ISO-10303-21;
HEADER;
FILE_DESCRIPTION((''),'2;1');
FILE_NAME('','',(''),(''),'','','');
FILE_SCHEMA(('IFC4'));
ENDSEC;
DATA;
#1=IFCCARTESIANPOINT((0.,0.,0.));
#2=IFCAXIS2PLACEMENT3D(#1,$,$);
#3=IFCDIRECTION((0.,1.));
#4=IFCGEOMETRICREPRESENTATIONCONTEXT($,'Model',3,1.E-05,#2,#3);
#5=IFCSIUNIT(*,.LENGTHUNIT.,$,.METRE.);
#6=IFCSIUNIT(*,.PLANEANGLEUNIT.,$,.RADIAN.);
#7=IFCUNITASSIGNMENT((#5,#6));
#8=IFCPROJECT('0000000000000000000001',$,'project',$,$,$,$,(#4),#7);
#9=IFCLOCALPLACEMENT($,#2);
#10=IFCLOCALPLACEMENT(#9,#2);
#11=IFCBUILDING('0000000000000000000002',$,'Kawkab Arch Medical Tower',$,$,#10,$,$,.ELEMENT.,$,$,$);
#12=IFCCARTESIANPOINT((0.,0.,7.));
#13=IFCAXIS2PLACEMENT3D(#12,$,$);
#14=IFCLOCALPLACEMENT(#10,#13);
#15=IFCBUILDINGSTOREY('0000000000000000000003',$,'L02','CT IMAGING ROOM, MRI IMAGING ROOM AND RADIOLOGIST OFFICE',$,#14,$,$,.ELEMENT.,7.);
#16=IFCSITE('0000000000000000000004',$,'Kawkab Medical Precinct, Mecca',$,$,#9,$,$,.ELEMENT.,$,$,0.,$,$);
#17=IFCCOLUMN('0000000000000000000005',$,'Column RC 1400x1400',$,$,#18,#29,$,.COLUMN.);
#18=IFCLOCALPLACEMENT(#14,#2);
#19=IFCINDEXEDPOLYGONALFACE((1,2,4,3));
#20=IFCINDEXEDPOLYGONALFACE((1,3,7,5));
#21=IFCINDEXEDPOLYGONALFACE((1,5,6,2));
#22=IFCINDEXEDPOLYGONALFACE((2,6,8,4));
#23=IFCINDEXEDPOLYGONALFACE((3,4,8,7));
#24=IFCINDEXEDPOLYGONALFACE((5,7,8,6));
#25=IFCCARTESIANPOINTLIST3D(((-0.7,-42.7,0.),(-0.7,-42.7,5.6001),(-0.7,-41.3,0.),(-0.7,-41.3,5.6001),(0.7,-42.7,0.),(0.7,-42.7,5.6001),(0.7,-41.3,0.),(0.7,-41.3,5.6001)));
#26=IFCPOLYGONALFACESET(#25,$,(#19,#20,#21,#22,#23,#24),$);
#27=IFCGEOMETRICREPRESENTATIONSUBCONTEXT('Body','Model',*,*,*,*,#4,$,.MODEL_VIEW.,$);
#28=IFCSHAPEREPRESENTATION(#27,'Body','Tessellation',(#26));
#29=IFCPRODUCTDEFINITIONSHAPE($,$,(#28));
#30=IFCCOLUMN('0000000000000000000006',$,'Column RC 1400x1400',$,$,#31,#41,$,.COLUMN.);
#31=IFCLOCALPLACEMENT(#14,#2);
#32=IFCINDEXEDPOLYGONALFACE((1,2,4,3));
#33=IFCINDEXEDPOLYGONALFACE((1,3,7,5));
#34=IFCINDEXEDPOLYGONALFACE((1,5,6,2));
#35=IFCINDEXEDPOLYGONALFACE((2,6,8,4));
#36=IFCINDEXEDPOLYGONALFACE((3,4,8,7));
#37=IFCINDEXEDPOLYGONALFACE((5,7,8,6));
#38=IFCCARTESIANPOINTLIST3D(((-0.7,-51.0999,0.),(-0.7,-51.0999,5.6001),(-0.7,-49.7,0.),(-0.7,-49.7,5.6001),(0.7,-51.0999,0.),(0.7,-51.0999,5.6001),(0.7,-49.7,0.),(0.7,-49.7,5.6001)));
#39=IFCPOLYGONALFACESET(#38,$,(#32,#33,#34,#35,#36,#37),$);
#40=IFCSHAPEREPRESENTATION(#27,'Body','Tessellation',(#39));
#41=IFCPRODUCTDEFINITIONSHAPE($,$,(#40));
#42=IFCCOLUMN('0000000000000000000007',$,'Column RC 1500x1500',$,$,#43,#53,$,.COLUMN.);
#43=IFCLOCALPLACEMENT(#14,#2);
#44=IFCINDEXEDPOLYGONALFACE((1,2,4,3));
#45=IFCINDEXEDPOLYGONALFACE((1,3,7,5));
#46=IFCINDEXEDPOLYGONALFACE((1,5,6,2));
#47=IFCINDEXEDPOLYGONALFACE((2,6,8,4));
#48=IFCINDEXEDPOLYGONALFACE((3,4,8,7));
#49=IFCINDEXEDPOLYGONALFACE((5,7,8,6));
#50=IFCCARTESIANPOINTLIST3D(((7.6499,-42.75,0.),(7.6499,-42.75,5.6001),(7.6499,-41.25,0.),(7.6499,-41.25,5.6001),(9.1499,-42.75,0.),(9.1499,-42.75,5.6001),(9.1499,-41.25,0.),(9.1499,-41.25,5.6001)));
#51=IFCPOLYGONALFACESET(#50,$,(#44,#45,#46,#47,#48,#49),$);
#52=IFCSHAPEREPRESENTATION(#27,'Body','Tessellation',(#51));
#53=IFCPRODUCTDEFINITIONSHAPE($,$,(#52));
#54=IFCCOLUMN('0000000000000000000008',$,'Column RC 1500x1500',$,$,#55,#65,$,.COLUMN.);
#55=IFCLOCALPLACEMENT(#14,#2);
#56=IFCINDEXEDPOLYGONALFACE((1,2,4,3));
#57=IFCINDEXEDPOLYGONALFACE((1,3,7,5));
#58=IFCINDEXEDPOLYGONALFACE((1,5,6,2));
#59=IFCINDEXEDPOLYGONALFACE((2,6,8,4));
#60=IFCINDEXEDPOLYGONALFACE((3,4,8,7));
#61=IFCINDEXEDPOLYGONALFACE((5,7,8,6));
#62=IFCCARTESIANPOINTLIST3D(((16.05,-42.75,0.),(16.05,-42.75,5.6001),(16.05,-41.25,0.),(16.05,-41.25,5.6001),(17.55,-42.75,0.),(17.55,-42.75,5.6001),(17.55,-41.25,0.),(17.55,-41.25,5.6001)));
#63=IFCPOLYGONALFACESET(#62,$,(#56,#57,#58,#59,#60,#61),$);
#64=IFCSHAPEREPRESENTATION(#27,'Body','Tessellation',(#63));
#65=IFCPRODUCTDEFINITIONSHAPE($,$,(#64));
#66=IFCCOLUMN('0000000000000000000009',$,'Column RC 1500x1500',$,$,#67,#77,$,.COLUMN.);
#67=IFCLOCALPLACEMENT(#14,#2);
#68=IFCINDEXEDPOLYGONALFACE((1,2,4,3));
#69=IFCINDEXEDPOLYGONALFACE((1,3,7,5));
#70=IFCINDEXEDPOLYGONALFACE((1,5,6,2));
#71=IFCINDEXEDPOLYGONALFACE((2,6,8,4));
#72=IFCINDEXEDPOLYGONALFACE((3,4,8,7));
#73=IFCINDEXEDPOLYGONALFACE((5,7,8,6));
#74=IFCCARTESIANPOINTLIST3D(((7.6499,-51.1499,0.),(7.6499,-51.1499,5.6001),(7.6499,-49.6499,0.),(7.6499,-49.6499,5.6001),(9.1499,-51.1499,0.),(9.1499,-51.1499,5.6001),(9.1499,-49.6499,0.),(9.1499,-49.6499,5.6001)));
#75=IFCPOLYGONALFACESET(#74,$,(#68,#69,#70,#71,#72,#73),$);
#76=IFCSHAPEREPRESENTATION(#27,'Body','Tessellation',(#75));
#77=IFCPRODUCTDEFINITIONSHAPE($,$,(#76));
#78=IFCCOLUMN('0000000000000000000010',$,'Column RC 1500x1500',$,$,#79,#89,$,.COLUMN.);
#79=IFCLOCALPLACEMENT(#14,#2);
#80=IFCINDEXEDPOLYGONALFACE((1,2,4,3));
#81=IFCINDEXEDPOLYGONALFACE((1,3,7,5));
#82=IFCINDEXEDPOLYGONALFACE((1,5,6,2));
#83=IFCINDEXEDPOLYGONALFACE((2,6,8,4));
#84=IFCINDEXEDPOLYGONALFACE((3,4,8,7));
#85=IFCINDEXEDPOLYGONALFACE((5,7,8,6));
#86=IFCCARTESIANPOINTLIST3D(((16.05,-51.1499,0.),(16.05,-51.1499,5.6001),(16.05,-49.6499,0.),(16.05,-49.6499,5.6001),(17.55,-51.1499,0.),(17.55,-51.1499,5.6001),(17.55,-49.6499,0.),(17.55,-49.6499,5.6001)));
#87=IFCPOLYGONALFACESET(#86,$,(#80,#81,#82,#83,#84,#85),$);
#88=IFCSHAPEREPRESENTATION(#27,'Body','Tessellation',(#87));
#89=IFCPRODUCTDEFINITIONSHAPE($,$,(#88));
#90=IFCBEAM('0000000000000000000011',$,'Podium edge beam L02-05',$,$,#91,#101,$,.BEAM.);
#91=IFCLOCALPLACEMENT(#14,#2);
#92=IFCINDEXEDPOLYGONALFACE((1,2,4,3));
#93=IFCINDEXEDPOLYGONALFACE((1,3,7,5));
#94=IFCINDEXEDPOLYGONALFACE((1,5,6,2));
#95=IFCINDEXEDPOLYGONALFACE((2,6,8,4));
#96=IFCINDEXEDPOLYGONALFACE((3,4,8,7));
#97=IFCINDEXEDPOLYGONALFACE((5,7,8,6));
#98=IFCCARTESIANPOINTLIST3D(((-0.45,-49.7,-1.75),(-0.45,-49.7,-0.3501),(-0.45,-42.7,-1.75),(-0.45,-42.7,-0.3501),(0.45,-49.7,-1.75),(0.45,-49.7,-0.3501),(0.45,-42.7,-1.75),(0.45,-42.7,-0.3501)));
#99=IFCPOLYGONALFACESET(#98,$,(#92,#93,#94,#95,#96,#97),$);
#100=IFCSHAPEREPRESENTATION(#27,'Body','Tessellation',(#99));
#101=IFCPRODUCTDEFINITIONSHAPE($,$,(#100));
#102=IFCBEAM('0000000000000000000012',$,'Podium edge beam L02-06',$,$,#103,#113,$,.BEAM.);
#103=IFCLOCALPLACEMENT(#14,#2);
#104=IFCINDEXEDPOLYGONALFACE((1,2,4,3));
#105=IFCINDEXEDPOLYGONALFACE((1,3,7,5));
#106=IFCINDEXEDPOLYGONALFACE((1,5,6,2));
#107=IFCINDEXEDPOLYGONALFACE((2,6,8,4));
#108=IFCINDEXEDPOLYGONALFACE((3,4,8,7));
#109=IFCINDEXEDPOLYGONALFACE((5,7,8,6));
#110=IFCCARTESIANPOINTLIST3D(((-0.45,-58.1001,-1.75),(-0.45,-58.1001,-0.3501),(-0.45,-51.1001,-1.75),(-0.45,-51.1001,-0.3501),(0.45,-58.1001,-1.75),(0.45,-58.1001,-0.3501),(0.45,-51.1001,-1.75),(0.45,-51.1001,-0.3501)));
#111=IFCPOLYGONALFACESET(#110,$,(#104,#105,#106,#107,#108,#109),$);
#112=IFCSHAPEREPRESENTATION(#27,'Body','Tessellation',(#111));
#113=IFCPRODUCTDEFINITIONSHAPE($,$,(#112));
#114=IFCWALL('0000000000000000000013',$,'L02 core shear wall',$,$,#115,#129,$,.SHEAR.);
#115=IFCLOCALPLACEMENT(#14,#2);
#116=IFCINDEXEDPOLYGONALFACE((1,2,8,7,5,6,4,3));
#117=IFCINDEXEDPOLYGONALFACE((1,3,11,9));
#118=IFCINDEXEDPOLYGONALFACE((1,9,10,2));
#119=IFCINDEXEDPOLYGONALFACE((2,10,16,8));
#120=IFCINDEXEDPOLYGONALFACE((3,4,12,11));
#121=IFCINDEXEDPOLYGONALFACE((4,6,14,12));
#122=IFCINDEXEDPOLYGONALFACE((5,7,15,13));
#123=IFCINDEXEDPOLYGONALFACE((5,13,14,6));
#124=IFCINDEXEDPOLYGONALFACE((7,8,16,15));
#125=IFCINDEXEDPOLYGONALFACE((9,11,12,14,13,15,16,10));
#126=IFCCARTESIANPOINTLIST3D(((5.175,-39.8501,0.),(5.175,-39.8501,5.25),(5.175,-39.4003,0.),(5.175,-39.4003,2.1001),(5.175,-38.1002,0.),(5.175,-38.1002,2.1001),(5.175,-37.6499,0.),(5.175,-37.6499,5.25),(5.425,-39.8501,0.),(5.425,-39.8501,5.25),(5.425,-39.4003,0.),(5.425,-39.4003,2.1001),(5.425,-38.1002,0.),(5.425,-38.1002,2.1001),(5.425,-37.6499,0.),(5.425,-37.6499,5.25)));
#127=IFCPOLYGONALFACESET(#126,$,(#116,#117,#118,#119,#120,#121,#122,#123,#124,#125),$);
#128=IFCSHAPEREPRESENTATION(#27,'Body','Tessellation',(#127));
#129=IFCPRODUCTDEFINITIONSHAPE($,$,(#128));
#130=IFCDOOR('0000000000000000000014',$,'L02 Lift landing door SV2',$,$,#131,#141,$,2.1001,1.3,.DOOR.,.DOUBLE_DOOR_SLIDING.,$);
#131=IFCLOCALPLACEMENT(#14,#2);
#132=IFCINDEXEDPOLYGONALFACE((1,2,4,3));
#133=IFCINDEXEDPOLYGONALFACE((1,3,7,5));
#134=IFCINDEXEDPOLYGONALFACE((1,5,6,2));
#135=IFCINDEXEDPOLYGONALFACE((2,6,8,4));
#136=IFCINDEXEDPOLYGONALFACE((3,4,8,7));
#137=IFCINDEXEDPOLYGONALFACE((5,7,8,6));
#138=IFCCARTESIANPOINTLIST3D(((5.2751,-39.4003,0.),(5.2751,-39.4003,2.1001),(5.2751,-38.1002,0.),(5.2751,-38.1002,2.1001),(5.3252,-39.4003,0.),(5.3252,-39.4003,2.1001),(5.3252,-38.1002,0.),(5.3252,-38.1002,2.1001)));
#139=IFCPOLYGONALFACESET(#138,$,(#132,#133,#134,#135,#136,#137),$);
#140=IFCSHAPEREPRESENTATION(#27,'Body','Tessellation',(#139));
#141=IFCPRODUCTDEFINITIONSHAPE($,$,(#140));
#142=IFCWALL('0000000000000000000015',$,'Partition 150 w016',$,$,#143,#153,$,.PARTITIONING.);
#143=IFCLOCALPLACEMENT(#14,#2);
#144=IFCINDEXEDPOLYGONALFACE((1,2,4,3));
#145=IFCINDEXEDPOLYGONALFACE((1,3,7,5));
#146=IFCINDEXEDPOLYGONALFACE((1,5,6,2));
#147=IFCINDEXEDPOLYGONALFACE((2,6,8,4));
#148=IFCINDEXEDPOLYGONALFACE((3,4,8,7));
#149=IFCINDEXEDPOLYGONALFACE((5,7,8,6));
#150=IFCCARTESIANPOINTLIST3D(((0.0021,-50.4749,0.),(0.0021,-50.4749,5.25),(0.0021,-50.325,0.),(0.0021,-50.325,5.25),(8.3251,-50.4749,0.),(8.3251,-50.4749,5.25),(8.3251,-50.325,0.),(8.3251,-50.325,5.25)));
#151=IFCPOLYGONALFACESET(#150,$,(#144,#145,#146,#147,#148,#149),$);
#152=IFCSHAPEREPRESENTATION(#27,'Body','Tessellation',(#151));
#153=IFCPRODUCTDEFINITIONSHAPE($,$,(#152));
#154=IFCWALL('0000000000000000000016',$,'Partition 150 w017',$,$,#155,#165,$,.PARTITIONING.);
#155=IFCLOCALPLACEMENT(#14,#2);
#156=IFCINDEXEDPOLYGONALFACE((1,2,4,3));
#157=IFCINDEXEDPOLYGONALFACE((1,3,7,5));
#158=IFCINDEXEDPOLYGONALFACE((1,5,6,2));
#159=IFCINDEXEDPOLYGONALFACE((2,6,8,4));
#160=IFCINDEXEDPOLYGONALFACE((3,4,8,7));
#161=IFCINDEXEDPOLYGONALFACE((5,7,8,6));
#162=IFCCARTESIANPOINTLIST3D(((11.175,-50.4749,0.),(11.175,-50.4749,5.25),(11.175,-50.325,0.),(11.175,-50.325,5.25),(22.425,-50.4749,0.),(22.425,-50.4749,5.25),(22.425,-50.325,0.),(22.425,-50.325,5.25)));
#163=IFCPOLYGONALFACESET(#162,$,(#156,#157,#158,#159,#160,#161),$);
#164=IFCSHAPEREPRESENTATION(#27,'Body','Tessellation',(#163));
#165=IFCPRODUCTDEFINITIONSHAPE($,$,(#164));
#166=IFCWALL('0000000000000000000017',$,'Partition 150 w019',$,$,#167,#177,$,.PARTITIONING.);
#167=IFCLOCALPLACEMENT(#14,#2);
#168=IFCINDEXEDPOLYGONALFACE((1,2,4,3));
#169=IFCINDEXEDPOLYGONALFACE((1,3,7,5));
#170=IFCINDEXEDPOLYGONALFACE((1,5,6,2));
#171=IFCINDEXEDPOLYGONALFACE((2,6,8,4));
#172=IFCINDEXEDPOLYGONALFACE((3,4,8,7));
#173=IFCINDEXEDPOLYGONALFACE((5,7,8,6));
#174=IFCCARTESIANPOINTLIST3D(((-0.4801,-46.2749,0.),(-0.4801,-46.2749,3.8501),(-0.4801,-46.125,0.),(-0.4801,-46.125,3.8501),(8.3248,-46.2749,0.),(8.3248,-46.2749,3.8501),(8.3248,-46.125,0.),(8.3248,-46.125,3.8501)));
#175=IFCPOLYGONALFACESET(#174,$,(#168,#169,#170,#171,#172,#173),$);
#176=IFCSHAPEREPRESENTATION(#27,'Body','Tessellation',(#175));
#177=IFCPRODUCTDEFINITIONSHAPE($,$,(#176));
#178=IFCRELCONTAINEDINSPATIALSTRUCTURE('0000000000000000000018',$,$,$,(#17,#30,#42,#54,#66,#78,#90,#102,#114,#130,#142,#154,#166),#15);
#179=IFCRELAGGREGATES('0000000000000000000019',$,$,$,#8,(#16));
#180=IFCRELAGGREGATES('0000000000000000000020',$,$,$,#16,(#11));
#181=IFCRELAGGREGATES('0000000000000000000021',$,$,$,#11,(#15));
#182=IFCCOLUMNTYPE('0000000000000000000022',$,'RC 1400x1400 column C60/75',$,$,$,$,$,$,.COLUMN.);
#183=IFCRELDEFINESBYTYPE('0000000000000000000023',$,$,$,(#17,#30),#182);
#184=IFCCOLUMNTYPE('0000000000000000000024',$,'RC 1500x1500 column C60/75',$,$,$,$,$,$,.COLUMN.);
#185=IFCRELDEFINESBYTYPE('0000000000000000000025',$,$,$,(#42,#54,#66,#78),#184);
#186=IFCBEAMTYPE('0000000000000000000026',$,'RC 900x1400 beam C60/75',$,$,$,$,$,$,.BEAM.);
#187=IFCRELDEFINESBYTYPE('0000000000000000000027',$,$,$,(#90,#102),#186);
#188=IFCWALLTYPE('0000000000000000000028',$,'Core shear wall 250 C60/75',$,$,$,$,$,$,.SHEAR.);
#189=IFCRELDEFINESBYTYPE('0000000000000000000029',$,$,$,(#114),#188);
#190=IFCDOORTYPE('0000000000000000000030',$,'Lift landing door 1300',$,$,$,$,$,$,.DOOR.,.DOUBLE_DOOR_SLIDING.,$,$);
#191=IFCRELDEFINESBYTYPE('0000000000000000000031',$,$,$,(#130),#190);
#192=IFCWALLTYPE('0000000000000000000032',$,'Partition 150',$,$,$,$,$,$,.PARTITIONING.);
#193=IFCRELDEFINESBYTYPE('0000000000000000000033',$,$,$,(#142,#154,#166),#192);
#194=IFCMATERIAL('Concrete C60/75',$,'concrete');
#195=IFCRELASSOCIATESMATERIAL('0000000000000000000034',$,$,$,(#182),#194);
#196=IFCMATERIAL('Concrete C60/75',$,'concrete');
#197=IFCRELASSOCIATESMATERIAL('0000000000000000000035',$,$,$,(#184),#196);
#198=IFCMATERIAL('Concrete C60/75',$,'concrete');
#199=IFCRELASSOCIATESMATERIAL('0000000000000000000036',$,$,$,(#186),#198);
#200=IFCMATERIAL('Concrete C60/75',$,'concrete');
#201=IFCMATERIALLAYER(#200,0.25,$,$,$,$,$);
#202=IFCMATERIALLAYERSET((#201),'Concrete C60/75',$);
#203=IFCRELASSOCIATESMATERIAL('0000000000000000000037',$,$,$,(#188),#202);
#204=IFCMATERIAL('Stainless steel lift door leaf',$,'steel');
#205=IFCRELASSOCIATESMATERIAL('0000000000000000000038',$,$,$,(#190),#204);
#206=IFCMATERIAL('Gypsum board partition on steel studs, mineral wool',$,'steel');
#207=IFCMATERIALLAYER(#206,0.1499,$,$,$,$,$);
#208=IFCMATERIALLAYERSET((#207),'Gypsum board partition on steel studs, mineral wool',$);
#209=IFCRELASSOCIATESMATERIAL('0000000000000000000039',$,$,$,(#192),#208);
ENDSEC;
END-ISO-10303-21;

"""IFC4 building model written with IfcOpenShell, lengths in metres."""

from ifc_helpers import new_model, si_unit, direction, frame, frame_2d, origin, origin_2d, place, context, subcontext, project, spatial, rectangle, extrude, material, layer, layer_set, material_profile, profile_set, type_object, element, fill, save


model = new_model("IFC4")

# Units and contexts
model_context = context("Model", 3, precision=1e-05, world=origin(), true_north=direction((0.0, 1.0)))
body_context = subcontext(model_context, "Body", "Model", "MODEL_VIEW")
ifc_project = project(units=[si_unit("LENGTHUNIT", "METRE"), si_unit("PLANEANGLEUNIT", "RADIAN")], contexts=[model_context])

# Site, building, storey
site_placement = place(None, origin())
site = spatial("IfcSite", under=ifc_project, at=site_placement, Name="Kawkab Medical Precinct, Mecca", CompositionType="ELEMENT", RefElevation=0.0)
building_placement = place(site_placement, origin())
building = spatial("IfcBuilding", under=site, at=building_placement, Name="Kawkab Arch Medical Tower", CompositionType="ELEMENT")
storey_placement = place(building_placement, frame((0.0, 0.0, 7.0)))
storey = spatial("IfcBuildingStorey", under=building, at=storey_placement, Name="L02", Description="CT IMAGING ROOM, MRI IMAGING ROOM AND RADIOLOGIST OFFICE", CompositionType="ELEMENT", Elevation=7.0)

# Columns
ifc_material_1 = material(Name="Concrete C60/75", Category="concrete")
ifc_material_profile_1 = material_profile(ifc_material_1, rectangle(XDim=1.3999, YDim=1.3999, at=origin_2d()), Name="RC 1400x1400")
ifc_profile_set_1 = profile_set([ifc_material_profile_1], Name="Concrete C60/75")
column_type_1 = type_object("IfcColumnType", Name="RC 1400x1400 column C60/75", PredefinedType="COLUMN", material=ifc_profile_set_1)
for number, where, z_axis, x_axis, name in (
    (1, (0.0, -42.0, 0.0), (0.0, 0.0, 1.0), (1.0, 0.0, 0.0), "Column RC 1400x1400"),
    (2, (0.0, -50.3999, 0.0), (0.0, 0.0, 1.0), (1.0, 0.0, 0.0), "Column RC 1400x1400"),
):
    element("IfcColumn", number, at=place(storey_placement, frame(where, z_axis=z_axis, x_axis=x_axis)), inside=storey, type_object=column_type_1, Name=name, PredefinedType="COLUMN", context=body_context, shape_type="SweptSolid", body=[
        extrude(rectangle(XDim=1.3999, YDim=1.3999, at=origin_2d()), origin(), (0.0, 0.0, 1.0), 5.6001),
    ])
ifc_material_2 = material(Name="Concrete C60/75", Category="concrete")
ifc_material_profile_2 = material_profile(ifc_material_2, rectangle(XDim=1.5, YDim=1.5, at=origin_2d()), Name="RC 1500x1500")
ifc_profile_set_2 = profile_set([ifc_material_profile_2], Name="Concrete C60/75")
column_type_2 = type_object("IfcColumnType", Name="RC 1500x1500 column C60/75", PredefinedType="COLUMN", material=ifc_profile_set_2)
for number, where, z_axis, x_axis, name in (
    (3, (8.3999, -42.0, 0.0), (0.0, 0.0, 1.0), (1.0, 0.0, 0.0), "Column RC 1500x1500"),
    (4, (16.8, -42.0, 0.0), (0.0, 0.0, 1.0), (1.0, 0.0, 0.0), "Column RC 1500x1500"),
    (5, (8.3999, -50.3999, 0.0), (0.0, 0.0, 1.0), (1.0, 0.0, 0.0), "Column RC 1500x1500"),
    (6, (16.8, -50.3999, 0.0), (0.0, 0.0, 1.0), (1.0, 0.0, 0.0), "Column RC 1500x1500"),
):
    element("IfcColumn", number, at=place(storey_placement, frame(where, z_axis=z_axis, x_axis=x_axis)), inside=storey, type_object=column_type_2, Name=name, PredefinedType="COLUMN", context=body_context, shape_type="SweptSolid", body=[
        extrude(rectangle(XDim=1.5, YDim=1.5, at=origin_2d()), origin(), (0.0, 0.0, 1.0), 5.6001),
    ])

# Beams
ifc_material_3 = material(Name="Concrete C60/75", Category="concrete")
ifc_material_profile_3 = material_profile(ifc_material_3, rectangle(XDim=0.8999, YDim=1.3999, at=origin_2d()), Name="RC 900x1400")
ifc_profile_set_3 = profile_set([ifc_material_profile_3], Name="Concrete C60/75")
beam_type = type_object("IfcBeamType", Name="RC 900x1400 beam C60/75", PredefinedType="BEAM", material=ifc_profile_set_3)
for number, where, z_axis, x_axis, name in (
    (7, (0.0, -42.7, -1.05), (0.0, -1.0, 0.0), (1.0, 0.0, 0.0), "Podium edge beam L02-05"),
    (8, (0.0, -51.1001, -1.05), (0.0, -1.0, 0.0), (1.0, 0.0, 0.0), "Podium edge beam L02-06"),
):
    element("IfcBeam", number, at=place(storey_placement, frame(where, z_axis=z_axis, x_axis=x_axis)), inside=storey, type_object=beam_type, Name=name, PredefinedType="BEAM", context=body_context, shape_type="SweptSolid", body=[
        extrude(rectangle(XDim=0.8999, YDim=1.3999, at=origin_2d()), origin(), (0.0, 0.0, 1.0), 7.0),
    ])

# Wall, opening, door
ifc_material_4 = material(Name="Concrete C60/75", Category="concrete")
ifc_layer_1 = layer(ifc_material_4, 0.25)
ifc_layer_set_1 = layer_set([ifc_layer_1], Name="Concrete C60/75")
wall_type_1 = type_object("IfcWallType", Name="Core shear wall 250 C60/75", PredefinedType="SHEAR", material=ifc_layer_set_1)
wall_1_placement = place(storey_placement, frame((5.3, -39.8501, 0.0), z_axis=(0.0, 0.0, 1.0), x_axis=(0.0, 1.0, 0.0)))
wall_1 = element("IfcWall", 9, at=wall_1_placement, inside=storey, type_object=wall_type_1, Name="L02 core shear wall", PredefinedType="SHEAR", context=body_context, shape_type="SweptSolid", body=[
    extrude(rectangle(XDim=2.2002, YDim=0.25, at=frame_2d((1.1001, 0.0))), origin(), (0.0, 0.0, 1.0), 5.25),
])
opening_1_placement = place(wall_1_placement, frame((0.45, 0.0, 0.0)))
opening_1 = element("IfcOpeningElement", 10, at=opening_1_placement, cuts=wall_1, PredefinedType="OPENING", context=body_context, shape_type="SweptSolid", body=[
    extrude(rectangle(XDim=1.3, YDim=2.1001, at=frame_2d((0.6499, 1.05))), frame((0.0, 0.135, 0.0), z_axis=(0.0, -1.0, 0.0), x_axis=(1.0, 0.0, 0.0)), (0.0, 0.0, 1.0), 0.27),
])
ifc_material_5 = material(Name="Stainless steel lift door leaf", Category="steel")
door_type_1 = type_object("IfcDoorType", Name="Lift landing door 1300", OperationType="DOUBLE_DOOR_SLIDING", PredefinedType="DOOR", material=ifc_material_5)
door_1_placement = place(opening_1_placement, origin())
door_1 = element("IfcDoor", 11, at=door_1_placement, inside=storey, type_object=door_type_1, Name="L02 Lift landing door SV2", OperationType="DOUBLE_DOOR_SLIDING", OverallHeight=2.1001, OverallWidth=1.3, PredefinedType="DOOR", context=body_context, shape_type="SweptSolid", body=[
    extrude(rectangle(XDim=1.3, YDim=2.1001, at=frame_2d((0.6499, 1.05))), frame((0.0, 0.0249, 0.0), z_axis=(0.0, -1.0, 0.0), x_axis=(1.0, 0.0, 0.0)), (0.0, 0.0, 1.0), 0.05),
])
fill(opening_1, door_1)

# Walls
ifc_material_6 = material(Name="Gypsum board partition on steel studs, mineral wool", Category="steel")
ifc_layer_2 = layer(ifc_material_6, 0.1499)
ifc_layer_set_2 = layer_set([ifc_layer_2], Name="Gypsum board partition on steel studs, mineral wool")
wall_type_2 = type_object("IfcWallType", Name="Partition 150", PredefinedType="PARTITIONING", material=ifc_layer_set_2)
wall_2_placement = place(storey_placement, frame((0.002, -50.3999, 0.0), z_axis=(0.0, 0.0, 1.0), x_axis=(1.0, 0.0, 0.0)))
element("IfcWall", 12, at=wall_2_placement, inside=storey, type_object=wall_type_2, Name="Partition 150 w016", PredefinedType="PARTITIONING", context=body_context, shape_type="SweptSolid", body=[
    extrude(rectangle(XDim=8.323, YDim=0.1499, at=frame_2d((4.1616, 0.0))), origin(), (0.0, 0.0, 1.0), 5.25),
])
wall_3_placement = place(storey_placement, frame((11.175, -50.3999, 0.0), z_axis=(0.0, 0.0, 1.0), x_axis=(1.0, 0.0, 0.0)))
element("IfcWall", 13, at=wall_3_placement, inside=storey, type_object=wall_type_2, Name="Partition 150 w017", PredefinedType="PARTITIONING", context=body_context, shape_type="SweptSolid", body=[
    extrude(rectangle(XDim=11.25, YDim=0.1499, at=frame_2d((5.625, 0.0))), origin(), (0.0, 0.0, 1.0), 5.25),
])
wall_4_placement = place(storey_placement, frame((-0.48, -46.2, 0.0), z_axis=(0.0, 0.0, 1.0), x_axis=(1.0, 0.0, 0.0)))
element("IfcWall", 14, at=wall_4_placement, inside=storey, type_object=wall_type_2, Name="Partition 150 w019", PredefinedType="PARTITIONING", context=body_context, shape_type="SweptSolid", body=[
    extrude(rectangle(XDim=8.8049, YDim=0.1499, at=frame_2d((4.4023, 0.0))), origin(), (0.0, 0.0, 1.0), 3.8501),
])

save(model, "model.ifc")
